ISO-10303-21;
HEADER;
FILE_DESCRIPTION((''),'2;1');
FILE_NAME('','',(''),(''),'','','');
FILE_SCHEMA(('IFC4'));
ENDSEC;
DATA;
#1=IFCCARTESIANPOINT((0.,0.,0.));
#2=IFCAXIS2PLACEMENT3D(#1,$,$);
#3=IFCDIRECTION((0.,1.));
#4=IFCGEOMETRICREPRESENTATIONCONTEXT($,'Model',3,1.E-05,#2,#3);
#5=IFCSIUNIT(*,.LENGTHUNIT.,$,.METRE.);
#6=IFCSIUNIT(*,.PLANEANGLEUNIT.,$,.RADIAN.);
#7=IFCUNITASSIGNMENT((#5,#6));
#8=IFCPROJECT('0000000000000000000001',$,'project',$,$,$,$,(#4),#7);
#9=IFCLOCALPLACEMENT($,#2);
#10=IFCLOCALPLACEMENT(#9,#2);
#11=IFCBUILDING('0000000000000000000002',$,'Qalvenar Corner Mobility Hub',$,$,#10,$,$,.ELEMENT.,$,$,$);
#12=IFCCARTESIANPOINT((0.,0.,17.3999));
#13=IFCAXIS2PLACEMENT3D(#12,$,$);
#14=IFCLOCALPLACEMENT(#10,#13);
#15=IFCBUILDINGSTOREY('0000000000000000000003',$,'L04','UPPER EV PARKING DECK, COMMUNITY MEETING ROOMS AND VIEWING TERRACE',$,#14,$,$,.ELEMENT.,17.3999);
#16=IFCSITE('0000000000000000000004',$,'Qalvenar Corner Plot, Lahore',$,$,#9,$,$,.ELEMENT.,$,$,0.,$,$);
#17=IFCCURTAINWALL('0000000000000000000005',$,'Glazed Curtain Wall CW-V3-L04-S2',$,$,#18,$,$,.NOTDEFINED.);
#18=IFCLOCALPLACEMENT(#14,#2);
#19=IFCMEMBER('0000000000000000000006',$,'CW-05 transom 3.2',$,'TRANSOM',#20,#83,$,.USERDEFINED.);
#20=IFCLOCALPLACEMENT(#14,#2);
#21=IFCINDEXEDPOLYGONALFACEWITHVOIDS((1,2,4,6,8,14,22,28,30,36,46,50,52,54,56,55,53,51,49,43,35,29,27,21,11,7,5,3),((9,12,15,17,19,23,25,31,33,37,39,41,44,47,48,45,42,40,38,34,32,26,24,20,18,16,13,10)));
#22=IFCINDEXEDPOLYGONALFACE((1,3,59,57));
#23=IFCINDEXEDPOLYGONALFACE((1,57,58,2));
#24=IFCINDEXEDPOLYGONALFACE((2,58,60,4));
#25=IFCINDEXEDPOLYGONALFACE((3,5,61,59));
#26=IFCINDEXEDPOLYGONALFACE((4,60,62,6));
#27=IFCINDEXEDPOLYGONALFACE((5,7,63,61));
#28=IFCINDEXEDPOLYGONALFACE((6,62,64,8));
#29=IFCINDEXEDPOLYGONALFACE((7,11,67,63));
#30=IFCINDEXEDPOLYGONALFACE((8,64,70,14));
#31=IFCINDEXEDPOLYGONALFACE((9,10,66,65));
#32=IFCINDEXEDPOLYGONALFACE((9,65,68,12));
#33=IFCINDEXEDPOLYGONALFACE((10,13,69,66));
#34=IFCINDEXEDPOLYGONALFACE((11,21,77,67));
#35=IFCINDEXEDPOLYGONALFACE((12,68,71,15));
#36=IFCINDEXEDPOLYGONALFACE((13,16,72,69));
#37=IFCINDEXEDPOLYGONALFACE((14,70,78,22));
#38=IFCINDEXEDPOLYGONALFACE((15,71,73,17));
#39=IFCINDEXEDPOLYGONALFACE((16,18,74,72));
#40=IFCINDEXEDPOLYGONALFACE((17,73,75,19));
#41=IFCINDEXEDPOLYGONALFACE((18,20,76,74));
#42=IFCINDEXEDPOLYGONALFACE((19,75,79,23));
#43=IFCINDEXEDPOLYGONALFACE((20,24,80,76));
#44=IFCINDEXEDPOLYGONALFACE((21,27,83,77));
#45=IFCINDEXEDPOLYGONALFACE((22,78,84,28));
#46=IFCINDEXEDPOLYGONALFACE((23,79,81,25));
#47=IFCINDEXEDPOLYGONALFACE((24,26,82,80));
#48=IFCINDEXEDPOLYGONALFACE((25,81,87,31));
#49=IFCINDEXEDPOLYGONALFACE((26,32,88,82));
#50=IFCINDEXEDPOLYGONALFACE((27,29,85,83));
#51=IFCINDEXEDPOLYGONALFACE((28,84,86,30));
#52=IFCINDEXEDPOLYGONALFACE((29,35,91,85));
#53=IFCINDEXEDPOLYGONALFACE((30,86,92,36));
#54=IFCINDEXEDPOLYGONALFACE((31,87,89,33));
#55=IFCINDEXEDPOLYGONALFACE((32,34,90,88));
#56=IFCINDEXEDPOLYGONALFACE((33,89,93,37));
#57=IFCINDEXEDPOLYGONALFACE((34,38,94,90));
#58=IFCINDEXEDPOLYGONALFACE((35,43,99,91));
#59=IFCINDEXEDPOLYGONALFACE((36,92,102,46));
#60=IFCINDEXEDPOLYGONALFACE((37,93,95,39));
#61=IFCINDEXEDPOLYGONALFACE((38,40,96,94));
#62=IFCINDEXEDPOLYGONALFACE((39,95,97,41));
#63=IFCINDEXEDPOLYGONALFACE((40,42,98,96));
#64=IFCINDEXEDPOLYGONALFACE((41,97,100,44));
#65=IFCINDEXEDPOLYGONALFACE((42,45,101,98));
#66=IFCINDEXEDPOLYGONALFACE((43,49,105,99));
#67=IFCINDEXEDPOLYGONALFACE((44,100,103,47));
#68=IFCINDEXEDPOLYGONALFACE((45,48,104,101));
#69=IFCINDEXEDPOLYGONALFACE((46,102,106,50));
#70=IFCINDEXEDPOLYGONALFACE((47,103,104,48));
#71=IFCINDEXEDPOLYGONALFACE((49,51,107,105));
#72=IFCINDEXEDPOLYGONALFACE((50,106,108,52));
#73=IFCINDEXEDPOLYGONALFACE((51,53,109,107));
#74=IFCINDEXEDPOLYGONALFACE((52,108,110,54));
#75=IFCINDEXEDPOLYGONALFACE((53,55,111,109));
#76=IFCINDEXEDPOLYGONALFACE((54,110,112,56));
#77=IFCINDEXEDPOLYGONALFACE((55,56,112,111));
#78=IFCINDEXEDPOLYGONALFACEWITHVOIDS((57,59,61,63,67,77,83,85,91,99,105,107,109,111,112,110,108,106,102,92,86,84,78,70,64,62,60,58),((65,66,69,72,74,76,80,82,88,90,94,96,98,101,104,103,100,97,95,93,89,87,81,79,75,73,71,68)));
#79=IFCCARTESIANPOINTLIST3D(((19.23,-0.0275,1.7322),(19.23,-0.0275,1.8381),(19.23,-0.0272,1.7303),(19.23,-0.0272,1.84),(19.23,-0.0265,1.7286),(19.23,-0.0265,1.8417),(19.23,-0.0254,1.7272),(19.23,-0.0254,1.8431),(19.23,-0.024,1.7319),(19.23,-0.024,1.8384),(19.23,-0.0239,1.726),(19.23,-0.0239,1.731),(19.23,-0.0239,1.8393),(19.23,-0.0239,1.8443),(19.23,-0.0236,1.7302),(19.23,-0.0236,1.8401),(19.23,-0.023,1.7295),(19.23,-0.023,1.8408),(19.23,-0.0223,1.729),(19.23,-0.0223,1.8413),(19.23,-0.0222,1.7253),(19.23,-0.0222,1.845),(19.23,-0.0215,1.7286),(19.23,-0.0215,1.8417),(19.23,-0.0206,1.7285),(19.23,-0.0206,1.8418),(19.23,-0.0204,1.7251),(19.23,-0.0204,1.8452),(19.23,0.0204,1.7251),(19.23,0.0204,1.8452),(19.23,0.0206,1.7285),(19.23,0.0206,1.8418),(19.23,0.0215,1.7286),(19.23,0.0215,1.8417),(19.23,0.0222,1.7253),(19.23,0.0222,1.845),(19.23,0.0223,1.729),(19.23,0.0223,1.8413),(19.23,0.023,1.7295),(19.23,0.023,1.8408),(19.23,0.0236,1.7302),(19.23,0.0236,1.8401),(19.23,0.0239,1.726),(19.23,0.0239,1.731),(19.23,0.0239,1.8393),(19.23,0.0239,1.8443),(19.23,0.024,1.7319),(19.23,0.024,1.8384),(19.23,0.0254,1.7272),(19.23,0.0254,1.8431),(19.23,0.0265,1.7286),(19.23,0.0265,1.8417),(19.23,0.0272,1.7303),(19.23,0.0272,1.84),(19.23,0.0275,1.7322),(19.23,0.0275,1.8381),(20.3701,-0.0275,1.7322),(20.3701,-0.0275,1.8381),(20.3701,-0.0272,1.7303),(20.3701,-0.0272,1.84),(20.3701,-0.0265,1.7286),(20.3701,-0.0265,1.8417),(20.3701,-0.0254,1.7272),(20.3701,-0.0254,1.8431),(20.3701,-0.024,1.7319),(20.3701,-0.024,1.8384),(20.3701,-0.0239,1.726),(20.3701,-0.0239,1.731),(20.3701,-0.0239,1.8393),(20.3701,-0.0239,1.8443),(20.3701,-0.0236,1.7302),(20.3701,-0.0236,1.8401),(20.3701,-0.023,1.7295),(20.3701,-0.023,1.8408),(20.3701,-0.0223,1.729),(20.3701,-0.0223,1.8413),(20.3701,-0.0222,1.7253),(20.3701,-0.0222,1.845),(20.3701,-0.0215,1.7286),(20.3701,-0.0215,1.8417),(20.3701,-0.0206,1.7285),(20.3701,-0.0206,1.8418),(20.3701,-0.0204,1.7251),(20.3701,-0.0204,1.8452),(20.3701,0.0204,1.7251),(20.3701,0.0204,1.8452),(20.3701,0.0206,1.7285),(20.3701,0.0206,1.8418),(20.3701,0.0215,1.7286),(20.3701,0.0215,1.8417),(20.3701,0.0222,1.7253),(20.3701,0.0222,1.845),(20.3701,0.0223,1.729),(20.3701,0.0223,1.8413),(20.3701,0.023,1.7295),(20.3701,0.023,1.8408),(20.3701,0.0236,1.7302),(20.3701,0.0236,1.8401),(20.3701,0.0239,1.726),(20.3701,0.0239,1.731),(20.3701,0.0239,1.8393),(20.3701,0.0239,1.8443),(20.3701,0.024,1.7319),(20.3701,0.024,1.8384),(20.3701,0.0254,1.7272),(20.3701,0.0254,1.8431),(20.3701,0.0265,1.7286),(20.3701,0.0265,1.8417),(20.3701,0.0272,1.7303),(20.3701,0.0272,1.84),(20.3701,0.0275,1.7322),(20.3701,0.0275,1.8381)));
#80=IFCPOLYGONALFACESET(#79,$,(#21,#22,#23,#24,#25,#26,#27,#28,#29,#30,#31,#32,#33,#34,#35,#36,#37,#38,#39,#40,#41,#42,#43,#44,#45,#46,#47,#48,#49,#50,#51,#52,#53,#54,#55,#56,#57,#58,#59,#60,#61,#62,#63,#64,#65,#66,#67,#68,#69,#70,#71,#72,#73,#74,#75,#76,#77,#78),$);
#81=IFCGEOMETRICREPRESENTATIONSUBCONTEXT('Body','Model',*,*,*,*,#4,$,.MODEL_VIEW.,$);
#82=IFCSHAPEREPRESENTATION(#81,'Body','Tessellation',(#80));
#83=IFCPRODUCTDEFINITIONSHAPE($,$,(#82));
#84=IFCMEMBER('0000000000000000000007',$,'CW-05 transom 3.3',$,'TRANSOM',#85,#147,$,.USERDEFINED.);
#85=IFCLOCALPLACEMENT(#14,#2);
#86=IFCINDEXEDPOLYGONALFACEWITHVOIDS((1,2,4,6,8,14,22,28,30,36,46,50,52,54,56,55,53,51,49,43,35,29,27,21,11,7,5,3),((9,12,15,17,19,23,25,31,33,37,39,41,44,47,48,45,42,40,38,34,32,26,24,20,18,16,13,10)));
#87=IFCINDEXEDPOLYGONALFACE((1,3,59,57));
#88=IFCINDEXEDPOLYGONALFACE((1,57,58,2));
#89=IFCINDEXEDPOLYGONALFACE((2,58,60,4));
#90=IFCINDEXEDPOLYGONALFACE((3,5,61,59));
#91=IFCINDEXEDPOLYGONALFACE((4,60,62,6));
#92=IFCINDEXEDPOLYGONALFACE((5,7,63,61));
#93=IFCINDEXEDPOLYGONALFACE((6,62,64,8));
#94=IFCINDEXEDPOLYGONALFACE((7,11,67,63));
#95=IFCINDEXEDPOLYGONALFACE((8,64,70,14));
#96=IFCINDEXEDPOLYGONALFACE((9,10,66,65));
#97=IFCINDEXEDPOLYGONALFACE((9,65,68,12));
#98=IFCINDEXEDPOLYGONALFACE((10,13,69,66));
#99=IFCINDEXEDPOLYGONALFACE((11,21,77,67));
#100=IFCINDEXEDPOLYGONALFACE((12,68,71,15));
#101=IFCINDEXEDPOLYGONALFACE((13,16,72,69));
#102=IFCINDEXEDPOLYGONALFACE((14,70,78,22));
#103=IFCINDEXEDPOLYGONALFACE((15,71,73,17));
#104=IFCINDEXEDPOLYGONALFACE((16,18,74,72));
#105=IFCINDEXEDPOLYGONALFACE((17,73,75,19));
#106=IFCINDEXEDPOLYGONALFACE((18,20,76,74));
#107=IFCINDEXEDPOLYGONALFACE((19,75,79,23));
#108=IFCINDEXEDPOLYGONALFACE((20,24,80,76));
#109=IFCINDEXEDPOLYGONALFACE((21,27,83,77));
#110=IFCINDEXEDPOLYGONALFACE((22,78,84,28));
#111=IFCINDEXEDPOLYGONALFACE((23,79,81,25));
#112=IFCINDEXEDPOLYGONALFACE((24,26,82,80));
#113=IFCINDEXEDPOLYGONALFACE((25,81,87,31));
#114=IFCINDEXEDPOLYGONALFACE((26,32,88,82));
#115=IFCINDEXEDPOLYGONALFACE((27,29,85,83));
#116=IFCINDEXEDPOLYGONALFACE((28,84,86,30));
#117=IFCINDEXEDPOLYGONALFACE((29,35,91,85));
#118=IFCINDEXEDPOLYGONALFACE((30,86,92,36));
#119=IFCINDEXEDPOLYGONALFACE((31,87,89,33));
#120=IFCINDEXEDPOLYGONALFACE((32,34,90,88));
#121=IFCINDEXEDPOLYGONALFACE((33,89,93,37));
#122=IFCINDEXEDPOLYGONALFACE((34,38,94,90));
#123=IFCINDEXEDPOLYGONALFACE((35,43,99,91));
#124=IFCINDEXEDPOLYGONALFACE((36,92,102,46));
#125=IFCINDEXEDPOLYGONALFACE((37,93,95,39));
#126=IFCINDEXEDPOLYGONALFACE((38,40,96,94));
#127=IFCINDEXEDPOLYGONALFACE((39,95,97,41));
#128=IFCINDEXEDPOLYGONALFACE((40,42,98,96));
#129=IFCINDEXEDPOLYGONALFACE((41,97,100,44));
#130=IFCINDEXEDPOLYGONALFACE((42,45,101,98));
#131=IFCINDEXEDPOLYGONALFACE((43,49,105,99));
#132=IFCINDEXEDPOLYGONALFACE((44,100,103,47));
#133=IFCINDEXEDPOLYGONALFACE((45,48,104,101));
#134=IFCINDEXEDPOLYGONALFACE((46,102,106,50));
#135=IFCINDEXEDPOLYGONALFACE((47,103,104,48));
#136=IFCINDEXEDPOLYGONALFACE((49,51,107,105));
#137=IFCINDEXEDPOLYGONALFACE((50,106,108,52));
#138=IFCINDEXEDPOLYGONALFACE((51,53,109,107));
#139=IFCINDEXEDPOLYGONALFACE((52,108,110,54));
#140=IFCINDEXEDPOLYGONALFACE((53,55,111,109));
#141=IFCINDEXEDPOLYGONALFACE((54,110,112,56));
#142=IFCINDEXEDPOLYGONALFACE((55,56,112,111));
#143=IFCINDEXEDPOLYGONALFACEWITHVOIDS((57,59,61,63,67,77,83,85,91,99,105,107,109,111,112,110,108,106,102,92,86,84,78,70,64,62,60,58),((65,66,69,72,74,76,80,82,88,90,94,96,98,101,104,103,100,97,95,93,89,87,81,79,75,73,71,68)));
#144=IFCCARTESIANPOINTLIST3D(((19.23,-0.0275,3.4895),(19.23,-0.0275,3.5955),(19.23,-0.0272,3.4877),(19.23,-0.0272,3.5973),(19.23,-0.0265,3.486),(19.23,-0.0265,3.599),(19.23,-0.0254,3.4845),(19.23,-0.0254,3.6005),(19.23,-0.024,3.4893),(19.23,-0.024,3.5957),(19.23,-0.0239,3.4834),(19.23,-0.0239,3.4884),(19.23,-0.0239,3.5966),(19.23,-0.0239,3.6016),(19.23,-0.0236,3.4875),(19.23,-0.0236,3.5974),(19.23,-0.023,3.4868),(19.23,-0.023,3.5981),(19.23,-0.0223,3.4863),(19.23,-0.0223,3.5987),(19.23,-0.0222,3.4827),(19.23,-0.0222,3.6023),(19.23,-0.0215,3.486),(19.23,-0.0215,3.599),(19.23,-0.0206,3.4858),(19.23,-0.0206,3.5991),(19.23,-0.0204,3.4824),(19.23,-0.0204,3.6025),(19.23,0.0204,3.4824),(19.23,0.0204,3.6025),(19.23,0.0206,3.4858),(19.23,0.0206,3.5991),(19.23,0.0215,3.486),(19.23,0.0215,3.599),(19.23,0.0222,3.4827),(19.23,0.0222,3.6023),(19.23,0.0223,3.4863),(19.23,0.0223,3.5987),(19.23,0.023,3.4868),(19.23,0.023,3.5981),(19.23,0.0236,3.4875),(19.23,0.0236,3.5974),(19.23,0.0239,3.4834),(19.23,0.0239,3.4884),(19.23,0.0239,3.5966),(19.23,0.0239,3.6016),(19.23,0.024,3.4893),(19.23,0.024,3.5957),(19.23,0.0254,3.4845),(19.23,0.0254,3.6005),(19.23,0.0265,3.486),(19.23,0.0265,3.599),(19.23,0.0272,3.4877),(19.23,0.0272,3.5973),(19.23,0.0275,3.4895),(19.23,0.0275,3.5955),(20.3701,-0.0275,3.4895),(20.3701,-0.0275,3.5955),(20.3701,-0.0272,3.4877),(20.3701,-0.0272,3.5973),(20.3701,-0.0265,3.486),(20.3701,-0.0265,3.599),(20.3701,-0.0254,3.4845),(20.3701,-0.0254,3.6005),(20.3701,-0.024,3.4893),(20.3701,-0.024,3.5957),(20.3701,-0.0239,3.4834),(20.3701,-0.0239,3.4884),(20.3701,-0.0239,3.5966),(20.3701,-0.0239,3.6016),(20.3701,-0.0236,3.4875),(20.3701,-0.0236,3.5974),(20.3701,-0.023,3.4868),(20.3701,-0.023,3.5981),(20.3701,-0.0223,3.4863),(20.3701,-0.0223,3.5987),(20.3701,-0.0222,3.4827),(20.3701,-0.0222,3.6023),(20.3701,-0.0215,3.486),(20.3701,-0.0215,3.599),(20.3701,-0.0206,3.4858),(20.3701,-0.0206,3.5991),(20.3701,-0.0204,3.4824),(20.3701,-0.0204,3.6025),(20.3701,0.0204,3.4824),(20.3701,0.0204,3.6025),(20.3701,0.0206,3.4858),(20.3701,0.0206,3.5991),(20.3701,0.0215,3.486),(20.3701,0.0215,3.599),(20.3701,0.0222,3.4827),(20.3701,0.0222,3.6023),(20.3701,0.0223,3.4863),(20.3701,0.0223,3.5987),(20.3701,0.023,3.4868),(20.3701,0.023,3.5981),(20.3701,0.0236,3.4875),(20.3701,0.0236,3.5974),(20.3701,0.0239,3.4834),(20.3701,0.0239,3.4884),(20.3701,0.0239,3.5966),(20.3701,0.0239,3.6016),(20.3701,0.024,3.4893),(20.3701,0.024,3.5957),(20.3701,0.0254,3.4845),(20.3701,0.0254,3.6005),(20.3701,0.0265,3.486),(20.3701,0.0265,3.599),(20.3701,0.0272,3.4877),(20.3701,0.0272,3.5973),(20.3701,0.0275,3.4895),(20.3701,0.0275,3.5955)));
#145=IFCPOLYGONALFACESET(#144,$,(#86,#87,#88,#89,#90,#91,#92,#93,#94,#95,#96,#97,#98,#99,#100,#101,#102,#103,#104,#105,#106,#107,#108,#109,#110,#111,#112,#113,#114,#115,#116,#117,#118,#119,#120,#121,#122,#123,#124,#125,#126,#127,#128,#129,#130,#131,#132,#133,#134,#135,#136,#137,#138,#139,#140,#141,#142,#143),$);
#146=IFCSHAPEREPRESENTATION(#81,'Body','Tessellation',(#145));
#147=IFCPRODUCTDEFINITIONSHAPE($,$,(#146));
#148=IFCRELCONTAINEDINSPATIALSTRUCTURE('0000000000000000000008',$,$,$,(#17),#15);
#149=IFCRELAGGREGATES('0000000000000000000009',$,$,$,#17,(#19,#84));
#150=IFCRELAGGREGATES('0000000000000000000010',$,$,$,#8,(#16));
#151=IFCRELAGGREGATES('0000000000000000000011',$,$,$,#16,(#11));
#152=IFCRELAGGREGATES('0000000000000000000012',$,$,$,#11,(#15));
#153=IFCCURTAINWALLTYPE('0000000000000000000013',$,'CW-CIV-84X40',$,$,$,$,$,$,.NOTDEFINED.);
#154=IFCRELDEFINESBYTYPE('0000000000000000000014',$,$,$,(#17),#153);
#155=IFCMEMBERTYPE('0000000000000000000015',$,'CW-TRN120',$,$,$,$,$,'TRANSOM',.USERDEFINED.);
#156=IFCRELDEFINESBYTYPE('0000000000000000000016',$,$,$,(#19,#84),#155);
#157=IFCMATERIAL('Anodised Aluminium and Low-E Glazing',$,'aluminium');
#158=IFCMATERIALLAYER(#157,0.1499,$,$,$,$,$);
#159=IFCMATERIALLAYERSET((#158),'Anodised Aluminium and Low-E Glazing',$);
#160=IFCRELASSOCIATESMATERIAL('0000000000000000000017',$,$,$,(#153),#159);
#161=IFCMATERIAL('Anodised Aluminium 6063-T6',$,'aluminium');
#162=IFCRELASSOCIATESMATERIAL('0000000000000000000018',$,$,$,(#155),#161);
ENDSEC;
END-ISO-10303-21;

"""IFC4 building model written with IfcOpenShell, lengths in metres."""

from ifc_helpers import new_model, si_unit, direction, frame, origin, origin_2d, place, context, subcontext, project, spatial, hollow_rectangle, extrude, material, layer, layer_set, material_profile, profile_set, type_object, element, aggregate, save


model = new_model("IFC4")

# Units and contexts
model_context = context("Model", 3, precision=1e-05, world=origin(), true_north=direction((0.0, 1.0)))
body_context = subcontext(model_context, "Body", "Model", "MODEL_VIEW")
ifc_project = project(units=[si_unit("LENGTHUNIT", "METRE"), si_unit("PLANEANGLEUNIT", "RADIAN")], contexts=[model_context])

# Site, building, storey
site_placement = place(None, origin())
site = spatial("IfcSite", under=ifc_project, at=site_placement, Name="Qalvenar Corner Plot, Lahore", CompositionType="ELEMENT", RefElevation=0.0)
building_placement = place(site_placement, origin())
building = spatial("IfcBuilding", under=site, at=building_placement, Name="Qalvenar Corner Mobility Hub", CompositionType="ELEMENT")
storey_placement = place(building_placement, frame((0.0, 0.0, 17.3999)))
storey = spatial("IfcBuildingStorey", under=building, at=storey_placement, Name="L04", Description="UPPER EV PARKING DECK, COMMUNITY MEETING ROOMS AND VIEWING TERRACE", CompositionType="ELEMENT", Elevation=17.3999)

# Curtain wall, members
ifc_material_1 = material(Name="Anodised Aluminium and Low-E Glazing", Category="aluminium")
ifc_layer_1 = layer(ifc_material_1, 0.1499)
ifc_layer_set_1 = layer_set([ifc_layer_1], Name="Anodised Aluminium and Low-E Glazing")
curtain_wall_type = type_object("IfcCurtainWallType", Name="CW-CIV-84X40", PredefinedType="NOTDEFINED", material=ifc_layer_set_1)
curtain_wall_placement = place(storey_placement, origin())
curtain_wall = element("IfcCurtainWall", 1, at=curtain_wall_placement, inside=storey, type_object=curtain_wall_type, Name="Glazed Curtain Wall CW-V3-L04-S2", PredefinedType="NOTDEFINED")
ifc_material_2 = material(Name="Anodised Aluminium 6063-T6", Category="aluminium")
ifc_material_profile_1 = material_profile(ifc_material_2, hollow_rectangle(XDim=0.0549, YDim=0.1201, WallThickness=0.0034, InnerFilletRadius=0.0034, OuterFilletRadius=0.0071, at=origin_2d()), Name="RHS120x55x3.5")
ifc_profile_set_1 = profile_set([ifc_material_profile_1], Name="Anodised Aluminium 6063-T6")
member_type_1 = type_object("IfcMemberType", Name="CW-TRN120", ElementType="TRANSOM", PredefinedType="USERDEFINED", material=ifc_profile_set_1)
member_1_placement = place(storey_placement, frame((19.23, 0.0, 1.7852), z_axis=(1.0, 0.0, 0.0), x_axis=(0.0, 1.0, 0.0)))
member_1 = element("IfcMember", 2, at=member_1_placement, type_object=member_type_1, Name="CW-05 transom 3.2", ObjectType="TRANSOM", PredefinedType="USERDEFINED", context=body_context, shape_type="SweptSolid", body=[
    extrude(hollow_rectangle(XDim=0.0549, YDim=0.1201, WallThickness=0.0034, InnerFilletRadius=0.0034, OuterFilletRadius=0.0071, at=origin_2d()), origin(), (0.0, 0.0, 1.0), 1.1401),
])
member_2_placement = place(storey_placement, frame((19.23, 0.0, 3.5425), z_axis=(1.0, 0.0, 0.0), x_axis=(0.0, 1.0, 0.0)))
member_2 = element("IfcMember", 3, at=member_2_placement, type_object=member_type_1, Name="CW-05 transom 3.3", ObjectType="TRANSOM", PredefinedType="USERDEFINED", context=body_context, shape_type="SweptSolid", body=[
    extrude(hollow_rectangle(XDim=0.0549, YDim=0.1201, WallThickness=0.0034, InnerFilletRadius=0.0034, OuterFilletRadius=0.0071, at=origin_2d()), origin(), (0.0, 0.0, 1.0), 1.1401),
])
aggregate(curtain_wall, [member_1, member_2])

save(model, "model.ifc")
